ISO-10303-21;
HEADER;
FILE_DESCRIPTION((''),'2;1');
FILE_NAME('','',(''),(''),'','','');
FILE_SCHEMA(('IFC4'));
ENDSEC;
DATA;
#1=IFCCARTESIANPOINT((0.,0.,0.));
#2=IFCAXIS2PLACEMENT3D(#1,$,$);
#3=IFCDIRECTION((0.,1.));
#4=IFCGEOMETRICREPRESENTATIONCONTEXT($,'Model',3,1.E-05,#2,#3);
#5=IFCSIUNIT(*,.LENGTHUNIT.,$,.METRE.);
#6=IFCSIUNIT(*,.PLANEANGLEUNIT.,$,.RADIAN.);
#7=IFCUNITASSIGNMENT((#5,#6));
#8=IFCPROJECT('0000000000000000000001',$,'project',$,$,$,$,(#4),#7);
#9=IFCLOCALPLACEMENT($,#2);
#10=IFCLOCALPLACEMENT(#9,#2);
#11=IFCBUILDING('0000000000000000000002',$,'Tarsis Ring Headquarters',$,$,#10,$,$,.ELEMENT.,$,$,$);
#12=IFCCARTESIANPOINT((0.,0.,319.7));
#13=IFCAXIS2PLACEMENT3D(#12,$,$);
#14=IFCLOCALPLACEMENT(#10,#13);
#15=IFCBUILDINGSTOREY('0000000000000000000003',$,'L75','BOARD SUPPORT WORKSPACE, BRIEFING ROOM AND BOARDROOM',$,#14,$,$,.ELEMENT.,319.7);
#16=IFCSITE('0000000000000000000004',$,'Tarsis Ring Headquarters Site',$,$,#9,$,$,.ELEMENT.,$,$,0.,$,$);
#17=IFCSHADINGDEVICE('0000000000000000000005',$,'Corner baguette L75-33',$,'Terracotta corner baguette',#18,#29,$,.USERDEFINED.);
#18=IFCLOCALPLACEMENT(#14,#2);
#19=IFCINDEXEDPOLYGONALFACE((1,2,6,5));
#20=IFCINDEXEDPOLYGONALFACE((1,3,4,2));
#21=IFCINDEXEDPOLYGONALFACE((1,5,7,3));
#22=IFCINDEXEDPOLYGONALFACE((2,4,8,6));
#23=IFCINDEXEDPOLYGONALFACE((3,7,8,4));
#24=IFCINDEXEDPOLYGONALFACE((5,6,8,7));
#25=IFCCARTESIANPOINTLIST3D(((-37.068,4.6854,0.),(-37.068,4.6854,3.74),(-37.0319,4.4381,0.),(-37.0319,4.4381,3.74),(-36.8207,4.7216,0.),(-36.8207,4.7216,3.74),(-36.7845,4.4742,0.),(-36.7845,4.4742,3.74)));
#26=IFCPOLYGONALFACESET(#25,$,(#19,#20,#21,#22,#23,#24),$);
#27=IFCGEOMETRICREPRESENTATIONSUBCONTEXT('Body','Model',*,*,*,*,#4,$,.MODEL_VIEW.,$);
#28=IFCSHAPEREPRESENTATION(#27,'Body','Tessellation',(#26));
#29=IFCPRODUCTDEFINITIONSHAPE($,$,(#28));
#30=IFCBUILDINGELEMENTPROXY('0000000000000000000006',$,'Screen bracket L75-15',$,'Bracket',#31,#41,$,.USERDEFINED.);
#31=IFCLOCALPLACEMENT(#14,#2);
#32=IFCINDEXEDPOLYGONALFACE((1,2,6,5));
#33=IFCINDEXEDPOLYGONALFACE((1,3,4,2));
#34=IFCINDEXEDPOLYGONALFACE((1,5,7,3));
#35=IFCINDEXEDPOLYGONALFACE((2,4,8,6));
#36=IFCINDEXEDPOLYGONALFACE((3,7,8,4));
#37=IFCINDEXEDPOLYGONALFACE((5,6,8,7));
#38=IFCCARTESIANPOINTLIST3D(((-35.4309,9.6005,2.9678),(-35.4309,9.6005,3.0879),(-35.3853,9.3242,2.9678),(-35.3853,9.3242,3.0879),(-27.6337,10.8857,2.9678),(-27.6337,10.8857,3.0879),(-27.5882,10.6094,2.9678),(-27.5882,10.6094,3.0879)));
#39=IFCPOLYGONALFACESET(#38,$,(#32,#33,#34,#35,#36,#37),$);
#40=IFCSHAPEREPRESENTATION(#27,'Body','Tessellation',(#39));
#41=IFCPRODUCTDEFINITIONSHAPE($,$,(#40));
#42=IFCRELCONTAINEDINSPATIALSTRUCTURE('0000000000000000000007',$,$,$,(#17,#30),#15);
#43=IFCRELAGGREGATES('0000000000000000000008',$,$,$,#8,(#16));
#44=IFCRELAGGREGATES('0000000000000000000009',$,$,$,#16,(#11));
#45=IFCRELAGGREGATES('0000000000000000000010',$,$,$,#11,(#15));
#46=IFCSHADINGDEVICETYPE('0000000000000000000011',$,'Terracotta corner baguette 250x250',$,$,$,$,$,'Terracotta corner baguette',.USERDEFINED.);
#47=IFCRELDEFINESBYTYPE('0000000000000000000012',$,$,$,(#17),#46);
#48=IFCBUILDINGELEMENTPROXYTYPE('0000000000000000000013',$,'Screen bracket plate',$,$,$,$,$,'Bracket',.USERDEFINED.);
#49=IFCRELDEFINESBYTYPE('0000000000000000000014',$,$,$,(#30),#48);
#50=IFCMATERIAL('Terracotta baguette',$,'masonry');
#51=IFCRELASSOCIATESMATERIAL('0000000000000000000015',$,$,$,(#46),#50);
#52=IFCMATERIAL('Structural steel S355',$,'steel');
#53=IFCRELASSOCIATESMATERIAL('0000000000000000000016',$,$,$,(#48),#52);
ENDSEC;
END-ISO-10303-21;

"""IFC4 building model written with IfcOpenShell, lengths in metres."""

from ifc_helpers import new_model, si_unit, direction, frame, origin, origin_2d, place, context, subcontext, project, spatial, rectangle, extrude, material, type_object, element, save


model = new_model("IFC4")

# Units and contexts
model_context = context("Model", 3, precision=1e-05, world=origin(), true_north=direction((0.0, 1.0)))
body_context = subcontext(model_context, "Body", "Model", "MODEL_VIEW")
ifc_project = project(units=[si_unit("LENGTHUNIT", "METRE"), si_unit("PLANEANGLEUNIT", "RADIAN")], contexts=[model_context])

# Site, building, storey
site_placement = place(None, origin())
site = spatial("IfcSite", under=ifc_project, at=site_placement, Name="Tarsis Ring Headquarters Site", CompositionType="ELEMENT", RefElevation=0.0)
building_placement = place(site_placement, origin())
building = spatial("IfcBuilding", under=site, at=building_placement, Name="Tarsis Ring Headquarters", CompositionType="ELEMENT")
storey_placement = place(building_placement, frame((0.0, 0.0, 319.7)))
storey = spatial("IfcBuildingStorey", under=building, at=storey_placement, Name="L75", Description="BOARD SUPPORT WORKSPACE, BRIEFING ROOM AND BOARDROOM", CompositionType="ELEMENT", Elevation=319.7)

# Shared definitions
ifc_material_1 = material(Name="Structural steel S355", Category="steel")

# Shading device
ifc_material_2 = material(Name="Terracotta baguette", Category="masonry")
shading_device_type_1 = type_object("IfcShadingDeviceType", Name="Terracotta corner baguette 250x250", ElementType="Terracotta corner baguette", PredefinedType="USERDEFINED", material=ifc_material_2)
shading_device_1_placement = place(storey_placement, frame((-36.9263, 4.5798, 0.0), z_axis=(0.0, 0.0, 1.0), x_axis=(0.144701, -0.989475, 0.0)))
element("IfcShadingDevice", 1, at=shading_device_1_placement, inside=storey, type_object=shading_device_type_1, Name="Corner baguette L75-33", ObjectType="Terracotta corner baguette", PredefinedType="USERDEFINED", context=body_context, shape_type="SweptSolid", body=[
    extrude(rectangle(XDim=0.25, YDim=0.25, at=origin_2d()), origin(), (0.0, 0.0, 1.0), 3.74),
])

# Building element proxy
building_element_proxy_type = type_object("IfcBuildingElementProxyType", Name="Screen bracket plate", ElementType="Bracket", PredefinedType="USERDEFINED", material=ifc_material_1)
proxy_placement = place(storey_placement, frame((-31.5095, 10.105, 2.9678), z_axis=(0.0, 0.0, 1.0), x_axis=(-0.986686, -0.162637, 0.0)))
element("IfcBuildingElementProxy", 2, at=proxy_placement, inside=storey, type_object=building_element_proxy_type, Name="Screen bracket L75-15", ObjectType="Bracket", PredefinedType="USERDEFINED", context=body_context, shape_type="SweptSolid", body=[
    extrude(rectangle(XDim=7.9023, YDim=0.28, at=origin_2d()), origin(), (0.0, 0.0, 1.0), 0.1201),
])

save(model, "model.ifc")
